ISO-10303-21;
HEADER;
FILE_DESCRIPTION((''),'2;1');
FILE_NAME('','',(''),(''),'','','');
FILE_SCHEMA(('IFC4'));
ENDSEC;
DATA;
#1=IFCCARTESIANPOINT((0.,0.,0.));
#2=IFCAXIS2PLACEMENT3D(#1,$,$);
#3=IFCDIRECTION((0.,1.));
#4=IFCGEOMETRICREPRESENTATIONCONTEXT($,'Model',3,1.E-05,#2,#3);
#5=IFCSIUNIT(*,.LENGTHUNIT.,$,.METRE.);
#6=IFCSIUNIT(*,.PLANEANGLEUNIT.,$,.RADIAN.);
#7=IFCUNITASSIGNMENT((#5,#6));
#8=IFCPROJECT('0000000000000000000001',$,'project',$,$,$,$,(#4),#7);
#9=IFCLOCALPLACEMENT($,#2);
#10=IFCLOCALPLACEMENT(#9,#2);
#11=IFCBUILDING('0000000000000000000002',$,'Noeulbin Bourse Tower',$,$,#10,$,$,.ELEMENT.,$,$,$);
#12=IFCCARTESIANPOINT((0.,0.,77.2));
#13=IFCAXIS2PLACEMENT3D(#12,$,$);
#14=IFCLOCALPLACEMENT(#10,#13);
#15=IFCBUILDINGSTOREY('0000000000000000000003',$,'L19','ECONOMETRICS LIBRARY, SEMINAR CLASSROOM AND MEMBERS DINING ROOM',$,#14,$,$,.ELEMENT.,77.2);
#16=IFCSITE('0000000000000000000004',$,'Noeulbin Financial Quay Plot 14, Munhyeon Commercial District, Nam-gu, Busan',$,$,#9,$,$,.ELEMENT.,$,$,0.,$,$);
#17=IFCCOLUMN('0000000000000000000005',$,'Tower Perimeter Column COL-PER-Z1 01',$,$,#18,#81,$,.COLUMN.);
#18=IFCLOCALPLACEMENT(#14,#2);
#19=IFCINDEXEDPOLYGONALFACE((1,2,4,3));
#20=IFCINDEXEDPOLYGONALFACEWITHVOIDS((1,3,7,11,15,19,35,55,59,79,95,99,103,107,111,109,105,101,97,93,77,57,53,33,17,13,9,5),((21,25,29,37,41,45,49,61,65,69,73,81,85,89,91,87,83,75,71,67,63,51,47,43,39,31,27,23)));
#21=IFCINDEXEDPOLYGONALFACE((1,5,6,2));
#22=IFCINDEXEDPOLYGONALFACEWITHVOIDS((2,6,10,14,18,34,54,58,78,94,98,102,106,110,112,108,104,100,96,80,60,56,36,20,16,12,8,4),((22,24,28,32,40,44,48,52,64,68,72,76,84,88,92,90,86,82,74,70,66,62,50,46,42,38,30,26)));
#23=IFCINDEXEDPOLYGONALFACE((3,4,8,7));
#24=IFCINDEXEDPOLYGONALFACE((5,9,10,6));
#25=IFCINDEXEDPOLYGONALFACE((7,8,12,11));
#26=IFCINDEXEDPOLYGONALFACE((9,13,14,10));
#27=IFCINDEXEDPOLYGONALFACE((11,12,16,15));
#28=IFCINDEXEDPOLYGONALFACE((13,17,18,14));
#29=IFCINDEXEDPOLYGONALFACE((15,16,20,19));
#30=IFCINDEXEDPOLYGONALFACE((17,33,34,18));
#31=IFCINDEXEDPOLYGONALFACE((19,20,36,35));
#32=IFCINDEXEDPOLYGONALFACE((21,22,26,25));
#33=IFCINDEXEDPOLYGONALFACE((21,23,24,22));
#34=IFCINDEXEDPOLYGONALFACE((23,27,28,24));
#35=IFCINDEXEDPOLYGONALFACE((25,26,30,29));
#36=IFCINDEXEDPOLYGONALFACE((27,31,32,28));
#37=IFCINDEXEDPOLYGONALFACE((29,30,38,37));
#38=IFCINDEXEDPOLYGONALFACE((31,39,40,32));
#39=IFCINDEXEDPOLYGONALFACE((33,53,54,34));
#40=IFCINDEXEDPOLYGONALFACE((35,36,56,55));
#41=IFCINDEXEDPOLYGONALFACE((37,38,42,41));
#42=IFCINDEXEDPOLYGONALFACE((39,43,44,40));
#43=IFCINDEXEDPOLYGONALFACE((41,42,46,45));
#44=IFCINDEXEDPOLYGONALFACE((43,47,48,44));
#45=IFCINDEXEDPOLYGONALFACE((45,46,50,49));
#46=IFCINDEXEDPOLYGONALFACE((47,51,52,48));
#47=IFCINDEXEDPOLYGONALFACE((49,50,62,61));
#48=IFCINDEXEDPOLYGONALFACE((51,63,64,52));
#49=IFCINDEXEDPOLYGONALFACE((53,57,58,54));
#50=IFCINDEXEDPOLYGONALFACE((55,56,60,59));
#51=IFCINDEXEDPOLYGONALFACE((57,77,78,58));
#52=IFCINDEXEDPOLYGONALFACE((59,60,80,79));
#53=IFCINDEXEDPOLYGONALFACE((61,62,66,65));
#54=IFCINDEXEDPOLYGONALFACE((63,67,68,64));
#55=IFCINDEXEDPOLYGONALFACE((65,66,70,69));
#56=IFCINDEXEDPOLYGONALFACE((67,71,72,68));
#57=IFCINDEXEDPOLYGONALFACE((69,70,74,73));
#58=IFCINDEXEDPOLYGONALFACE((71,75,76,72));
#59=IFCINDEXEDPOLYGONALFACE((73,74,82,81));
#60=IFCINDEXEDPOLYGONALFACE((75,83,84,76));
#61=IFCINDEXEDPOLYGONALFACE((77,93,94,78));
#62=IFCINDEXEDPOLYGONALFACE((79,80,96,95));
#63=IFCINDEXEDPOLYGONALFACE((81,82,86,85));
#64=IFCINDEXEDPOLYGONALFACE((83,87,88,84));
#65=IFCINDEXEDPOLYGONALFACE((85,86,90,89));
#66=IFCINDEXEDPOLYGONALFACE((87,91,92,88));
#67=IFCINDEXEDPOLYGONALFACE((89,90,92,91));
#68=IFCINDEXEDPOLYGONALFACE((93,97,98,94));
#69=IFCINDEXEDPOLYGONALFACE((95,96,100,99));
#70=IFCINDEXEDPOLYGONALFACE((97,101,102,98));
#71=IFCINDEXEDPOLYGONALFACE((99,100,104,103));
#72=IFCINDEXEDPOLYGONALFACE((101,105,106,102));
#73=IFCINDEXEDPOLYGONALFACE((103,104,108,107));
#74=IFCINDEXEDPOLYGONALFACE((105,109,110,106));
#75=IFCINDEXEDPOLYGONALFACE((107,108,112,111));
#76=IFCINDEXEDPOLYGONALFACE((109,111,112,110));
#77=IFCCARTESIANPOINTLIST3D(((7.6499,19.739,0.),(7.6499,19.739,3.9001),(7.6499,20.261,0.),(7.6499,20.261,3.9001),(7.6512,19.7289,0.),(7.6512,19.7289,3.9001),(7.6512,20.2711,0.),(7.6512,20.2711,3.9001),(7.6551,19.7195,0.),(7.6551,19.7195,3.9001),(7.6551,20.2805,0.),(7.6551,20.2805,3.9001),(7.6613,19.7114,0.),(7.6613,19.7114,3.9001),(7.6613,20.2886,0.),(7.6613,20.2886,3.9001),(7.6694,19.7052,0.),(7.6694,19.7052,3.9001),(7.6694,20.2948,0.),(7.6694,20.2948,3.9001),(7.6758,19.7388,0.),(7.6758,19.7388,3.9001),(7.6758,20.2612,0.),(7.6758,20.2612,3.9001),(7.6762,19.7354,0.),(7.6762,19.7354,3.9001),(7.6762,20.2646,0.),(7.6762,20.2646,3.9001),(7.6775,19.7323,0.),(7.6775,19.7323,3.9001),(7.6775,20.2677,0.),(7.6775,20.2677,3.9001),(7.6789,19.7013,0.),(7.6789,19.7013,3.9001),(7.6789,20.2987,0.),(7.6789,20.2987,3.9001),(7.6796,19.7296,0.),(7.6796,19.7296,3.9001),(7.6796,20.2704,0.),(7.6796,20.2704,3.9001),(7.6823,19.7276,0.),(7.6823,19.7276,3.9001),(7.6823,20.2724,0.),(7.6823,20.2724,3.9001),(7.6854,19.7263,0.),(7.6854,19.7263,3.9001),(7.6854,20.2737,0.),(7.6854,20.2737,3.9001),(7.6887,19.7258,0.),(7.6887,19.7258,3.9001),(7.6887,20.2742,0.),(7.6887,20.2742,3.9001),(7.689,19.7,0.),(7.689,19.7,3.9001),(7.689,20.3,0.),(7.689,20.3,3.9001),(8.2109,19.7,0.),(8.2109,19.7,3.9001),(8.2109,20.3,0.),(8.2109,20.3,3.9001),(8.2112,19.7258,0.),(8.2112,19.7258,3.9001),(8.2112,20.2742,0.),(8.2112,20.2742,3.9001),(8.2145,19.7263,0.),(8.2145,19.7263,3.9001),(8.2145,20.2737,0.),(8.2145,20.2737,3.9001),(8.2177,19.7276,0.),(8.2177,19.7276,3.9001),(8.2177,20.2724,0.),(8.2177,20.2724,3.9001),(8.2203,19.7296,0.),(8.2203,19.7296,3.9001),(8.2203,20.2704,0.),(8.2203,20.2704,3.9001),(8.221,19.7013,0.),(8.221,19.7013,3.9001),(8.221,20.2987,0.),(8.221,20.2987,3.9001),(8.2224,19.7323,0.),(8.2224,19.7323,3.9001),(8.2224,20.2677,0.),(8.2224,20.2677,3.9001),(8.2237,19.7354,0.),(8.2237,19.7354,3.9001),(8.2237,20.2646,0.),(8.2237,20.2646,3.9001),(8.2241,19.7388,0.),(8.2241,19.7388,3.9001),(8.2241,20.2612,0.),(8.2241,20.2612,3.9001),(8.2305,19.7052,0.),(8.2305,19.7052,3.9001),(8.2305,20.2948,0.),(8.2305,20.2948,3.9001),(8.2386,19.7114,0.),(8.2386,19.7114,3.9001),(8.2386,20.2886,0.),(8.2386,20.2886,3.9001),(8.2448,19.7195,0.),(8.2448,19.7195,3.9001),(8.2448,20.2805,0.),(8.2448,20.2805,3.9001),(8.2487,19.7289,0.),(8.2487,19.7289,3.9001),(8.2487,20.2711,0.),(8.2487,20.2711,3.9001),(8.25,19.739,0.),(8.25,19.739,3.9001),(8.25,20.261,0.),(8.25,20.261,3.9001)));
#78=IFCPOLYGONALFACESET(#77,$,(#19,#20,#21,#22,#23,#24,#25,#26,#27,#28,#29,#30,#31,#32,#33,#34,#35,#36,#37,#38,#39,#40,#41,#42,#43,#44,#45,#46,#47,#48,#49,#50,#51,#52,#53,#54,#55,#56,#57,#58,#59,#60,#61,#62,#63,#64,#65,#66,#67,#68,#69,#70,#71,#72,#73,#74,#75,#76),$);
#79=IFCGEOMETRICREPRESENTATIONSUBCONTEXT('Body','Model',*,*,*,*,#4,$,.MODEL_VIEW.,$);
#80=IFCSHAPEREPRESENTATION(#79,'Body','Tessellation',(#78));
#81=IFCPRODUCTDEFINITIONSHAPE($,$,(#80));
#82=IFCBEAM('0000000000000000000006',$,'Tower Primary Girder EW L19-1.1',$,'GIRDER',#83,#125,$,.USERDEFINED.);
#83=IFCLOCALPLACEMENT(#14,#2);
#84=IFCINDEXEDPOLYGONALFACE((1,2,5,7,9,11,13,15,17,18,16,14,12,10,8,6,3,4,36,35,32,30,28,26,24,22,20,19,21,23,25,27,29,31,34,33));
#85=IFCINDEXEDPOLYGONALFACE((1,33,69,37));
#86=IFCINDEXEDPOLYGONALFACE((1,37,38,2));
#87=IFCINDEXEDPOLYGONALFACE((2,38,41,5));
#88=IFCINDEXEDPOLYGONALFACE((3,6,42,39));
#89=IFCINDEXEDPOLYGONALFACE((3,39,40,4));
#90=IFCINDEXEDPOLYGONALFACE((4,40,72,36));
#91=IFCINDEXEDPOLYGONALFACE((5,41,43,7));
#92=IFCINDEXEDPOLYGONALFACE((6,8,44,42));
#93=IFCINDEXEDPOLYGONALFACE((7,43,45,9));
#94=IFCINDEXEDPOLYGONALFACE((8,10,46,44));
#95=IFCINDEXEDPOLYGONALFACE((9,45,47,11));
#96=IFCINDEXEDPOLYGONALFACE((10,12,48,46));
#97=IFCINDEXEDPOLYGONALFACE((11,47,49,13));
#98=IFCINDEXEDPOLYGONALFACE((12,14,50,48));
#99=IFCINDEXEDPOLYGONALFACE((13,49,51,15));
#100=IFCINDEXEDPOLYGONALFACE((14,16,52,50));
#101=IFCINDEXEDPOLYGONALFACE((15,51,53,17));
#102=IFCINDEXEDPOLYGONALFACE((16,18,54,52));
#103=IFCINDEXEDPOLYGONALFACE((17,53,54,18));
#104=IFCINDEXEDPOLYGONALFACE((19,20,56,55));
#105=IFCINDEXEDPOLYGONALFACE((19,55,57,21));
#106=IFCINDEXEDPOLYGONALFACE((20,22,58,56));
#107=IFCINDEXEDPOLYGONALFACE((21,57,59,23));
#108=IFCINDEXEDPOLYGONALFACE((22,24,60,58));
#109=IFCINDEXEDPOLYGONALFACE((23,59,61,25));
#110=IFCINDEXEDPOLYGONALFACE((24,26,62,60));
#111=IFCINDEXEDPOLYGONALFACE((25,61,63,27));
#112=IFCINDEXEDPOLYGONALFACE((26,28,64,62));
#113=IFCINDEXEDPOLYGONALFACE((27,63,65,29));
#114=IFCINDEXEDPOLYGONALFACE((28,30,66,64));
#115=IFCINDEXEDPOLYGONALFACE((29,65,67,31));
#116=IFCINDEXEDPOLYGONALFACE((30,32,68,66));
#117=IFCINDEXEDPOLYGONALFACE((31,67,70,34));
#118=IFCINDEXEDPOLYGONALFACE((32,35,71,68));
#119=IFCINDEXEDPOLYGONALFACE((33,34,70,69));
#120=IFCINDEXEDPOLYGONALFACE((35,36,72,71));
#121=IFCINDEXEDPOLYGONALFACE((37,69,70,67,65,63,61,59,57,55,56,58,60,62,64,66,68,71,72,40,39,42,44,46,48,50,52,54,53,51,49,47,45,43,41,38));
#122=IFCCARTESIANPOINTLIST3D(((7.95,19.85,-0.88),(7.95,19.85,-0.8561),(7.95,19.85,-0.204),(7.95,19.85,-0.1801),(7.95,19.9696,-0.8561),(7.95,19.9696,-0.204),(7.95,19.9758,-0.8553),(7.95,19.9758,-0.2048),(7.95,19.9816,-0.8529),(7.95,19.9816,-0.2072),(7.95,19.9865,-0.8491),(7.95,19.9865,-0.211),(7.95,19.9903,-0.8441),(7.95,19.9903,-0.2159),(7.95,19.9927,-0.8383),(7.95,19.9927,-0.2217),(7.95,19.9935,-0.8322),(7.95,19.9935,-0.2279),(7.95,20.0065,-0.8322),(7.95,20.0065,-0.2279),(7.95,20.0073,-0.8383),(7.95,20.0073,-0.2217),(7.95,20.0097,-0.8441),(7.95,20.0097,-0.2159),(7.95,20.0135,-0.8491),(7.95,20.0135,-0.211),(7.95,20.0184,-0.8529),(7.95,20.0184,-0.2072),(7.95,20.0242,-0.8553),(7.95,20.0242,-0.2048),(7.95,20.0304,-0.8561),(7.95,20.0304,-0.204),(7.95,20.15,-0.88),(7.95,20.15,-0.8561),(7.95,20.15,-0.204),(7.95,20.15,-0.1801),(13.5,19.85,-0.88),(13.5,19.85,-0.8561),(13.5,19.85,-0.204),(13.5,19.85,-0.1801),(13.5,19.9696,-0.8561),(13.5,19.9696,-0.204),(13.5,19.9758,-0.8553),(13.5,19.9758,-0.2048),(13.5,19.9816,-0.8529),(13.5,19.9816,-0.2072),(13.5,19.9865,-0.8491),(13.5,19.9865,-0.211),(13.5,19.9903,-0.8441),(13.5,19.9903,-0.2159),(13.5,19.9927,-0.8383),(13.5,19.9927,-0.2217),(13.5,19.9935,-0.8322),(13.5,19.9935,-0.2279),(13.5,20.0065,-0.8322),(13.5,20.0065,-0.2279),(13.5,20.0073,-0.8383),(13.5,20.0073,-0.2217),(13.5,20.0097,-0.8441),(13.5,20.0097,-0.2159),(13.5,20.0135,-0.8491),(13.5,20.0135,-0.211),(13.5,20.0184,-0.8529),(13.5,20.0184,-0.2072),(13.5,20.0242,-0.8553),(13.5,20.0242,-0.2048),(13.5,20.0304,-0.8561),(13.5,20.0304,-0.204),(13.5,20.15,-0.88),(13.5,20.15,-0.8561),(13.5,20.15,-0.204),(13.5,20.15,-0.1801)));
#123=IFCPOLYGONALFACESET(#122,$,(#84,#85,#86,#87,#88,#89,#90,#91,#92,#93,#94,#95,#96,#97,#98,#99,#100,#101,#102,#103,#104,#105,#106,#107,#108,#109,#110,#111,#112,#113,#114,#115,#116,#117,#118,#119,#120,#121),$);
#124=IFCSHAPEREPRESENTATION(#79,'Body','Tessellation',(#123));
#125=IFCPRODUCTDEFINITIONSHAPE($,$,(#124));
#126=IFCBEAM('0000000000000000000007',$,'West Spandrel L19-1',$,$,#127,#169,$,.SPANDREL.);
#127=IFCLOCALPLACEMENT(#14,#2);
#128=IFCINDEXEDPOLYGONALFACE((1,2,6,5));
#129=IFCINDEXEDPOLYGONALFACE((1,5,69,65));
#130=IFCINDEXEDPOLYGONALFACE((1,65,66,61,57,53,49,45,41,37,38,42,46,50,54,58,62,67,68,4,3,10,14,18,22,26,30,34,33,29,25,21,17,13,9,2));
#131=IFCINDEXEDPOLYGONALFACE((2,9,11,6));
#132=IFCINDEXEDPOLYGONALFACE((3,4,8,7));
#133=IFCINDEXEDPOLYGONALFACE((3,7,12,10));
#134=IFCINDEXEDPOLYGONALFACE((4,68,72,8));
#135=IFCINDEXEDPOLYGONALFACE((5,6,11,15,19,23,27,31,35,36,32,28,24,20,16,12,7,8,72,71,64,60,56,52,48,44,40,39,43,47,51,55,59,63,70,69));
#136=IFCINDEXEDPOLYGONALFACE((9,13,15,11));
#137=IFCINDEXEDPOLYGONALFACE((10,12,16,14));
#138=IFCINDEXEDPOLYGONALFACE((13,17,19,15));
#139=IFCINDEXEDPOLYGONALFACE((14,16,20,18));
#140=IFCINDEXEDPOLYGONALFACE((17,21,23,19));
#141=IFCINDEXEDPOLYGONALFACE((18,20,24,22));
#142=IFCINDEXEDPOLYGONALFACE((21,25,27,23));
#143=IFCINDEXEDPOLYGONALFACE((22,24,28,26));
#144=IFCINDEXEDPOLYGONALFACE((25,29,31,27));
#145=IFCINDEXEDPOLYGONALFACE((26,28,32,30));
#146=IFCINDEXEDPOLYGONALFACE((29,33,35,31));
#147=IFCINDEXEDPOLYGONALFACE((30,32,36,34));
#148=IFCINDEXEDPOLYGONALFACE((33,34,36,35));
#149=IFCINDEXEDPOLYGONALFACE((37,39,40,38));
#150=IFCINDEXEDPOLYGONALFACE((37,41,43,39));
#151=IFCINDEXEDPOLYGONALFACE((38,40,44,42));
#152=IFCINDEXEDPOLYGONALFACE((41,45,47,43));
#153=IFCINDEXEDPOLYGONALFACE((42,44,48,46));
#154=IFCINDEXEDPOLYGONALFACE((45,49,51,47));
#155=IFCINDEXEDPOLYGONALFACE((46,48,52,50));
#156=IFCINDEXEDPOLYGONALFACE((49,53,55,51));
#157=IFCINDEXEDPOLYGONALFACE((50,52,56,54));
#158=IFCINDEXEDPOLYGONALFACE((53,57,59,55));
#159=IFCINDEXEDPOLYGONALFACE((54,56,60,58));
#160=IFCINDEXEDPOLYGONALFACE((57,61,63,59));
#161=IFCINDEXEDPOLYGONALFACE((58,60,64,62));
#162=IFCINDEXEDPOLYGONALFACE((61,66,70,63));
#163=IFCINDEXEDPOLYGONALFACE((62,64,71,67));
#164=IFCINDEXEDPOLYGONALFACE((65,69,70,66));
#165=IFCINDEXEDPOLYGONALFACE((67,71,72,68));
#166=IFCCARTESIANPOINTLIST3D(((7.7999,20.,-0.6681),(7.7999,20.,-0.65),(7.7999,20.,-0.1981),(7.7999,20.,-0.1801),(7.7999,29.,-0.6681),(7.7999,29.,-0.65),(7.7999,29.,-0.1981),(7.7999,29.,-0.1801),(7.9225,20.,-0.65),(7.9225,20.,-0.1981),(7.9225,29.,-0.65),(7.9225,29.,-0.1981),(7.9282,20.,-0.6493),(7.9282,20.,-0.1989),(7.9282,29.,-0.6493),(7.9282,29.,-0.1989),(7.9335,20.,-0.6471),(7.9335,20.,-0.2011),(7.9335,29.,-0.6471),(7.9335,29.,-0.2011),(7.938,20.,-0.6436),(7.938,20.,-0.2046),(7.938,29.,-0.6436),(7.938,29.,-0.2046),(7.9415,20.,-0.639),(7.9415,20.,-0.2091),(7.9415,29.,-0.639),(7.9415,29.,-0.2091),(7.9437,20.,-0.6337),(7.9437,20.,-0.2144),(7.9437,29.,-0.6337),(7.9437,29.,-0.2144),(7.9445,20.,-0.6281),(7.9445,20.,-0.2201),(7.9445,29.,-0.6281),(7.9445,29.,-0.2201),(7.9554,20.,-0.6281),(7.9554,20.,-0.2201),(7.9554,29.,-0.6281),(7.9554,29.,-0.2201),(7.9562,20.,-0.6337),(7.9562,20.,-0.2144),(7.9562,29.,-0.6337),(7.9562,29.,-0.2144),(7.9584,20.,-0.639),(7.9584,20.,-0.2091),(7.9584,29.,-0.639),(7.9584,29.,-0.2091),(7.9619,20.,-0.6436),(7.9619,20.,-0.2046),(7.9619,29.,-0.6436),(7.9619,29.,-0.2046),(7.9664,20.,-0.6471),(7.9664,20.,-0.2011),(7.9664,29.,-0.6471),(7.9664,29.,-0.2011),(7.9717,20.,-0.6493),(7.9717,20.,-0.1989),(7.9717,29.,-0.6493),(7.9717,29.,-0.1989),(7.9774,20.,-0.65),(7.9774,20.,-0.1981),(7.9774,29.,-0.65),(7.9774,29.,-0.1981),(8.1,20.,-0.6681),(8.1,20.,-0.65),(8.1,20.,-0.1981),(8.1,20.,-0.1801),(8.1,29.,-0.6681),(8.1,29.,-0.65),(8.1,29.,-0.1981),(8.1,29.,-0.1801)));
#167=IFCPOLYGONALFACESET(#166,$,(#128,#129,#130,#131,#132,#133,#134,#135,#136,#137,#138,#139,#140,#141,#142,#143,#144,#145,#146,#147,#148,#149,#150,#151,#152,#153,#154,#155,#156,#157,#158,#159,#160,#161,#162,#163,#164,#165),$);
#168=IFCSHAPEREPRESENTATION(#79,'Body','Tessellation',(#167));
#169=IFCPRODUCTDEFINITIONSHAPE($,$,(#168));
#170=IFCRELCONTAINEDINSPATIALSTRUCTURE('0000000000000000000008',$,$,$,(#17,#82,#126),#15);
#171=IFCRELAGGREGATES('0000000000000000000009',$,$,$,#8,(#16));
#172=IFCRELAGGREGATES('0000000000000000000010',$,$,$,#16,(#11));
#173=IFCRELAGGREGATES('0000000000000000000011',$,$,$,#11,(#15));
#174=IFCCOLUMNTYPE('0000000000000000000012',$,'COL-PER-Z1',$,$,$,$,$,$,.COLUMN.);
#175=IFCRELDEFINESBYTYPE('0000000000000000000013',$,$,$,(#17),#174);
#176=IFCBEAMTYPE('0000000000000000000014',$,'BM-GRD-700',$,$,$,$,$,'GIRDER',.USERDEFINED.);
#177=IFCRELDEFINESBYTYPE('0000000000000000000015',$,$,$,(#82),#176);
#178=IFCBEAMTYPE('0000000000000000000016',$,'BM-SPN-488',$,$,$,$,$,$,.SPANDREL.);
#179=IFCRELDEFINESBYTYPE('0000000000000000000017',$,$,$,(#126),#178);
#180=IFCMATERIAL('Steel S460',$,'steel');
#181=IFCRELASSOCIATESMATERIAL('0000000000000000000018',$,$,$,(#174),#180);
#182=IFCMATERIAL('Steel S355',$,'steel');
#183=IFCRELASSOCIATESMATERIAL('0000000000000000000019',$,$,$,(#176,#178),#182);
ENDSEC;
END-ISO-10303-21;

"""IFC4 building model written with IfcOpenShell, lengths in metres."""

from ifc_helpers import new_model, si_unit, direction, frame, origin, origin_2d, place, context, subcontext, project, spatial, hollow_rectangle, i_section, extrude, material, material_profile, profile_set, type_object, element, save


model = new_model("IFC4")

# Units and contexts
model_context = context("Model", 3, precision=1e-05, world=origin(), true_north=direction((0.0, 1.0)))
body_context = subcontext(model_context, "Body", "Model", "MODEL_VIEW")
ifc_project = project(units=[si_unit("LENGTHUNIT", "METRE"), si_unit("PLANEANGLEUNIT", "RADIAN")], contexts=[model_context])

# Site, building, storey
site_placement = place(None, origin())
site = spatial("IfcSite", under=ifc_project, at=site_placement, Name="Noeulbin Financial Quay Plot 14, Munhyeon Commercial District, Nam-gu, Busan", CompositionType="ELEMENT", RefElevation=0.0)
building_placement = place(site_placement, origin())
building = spatial("IfcBuilding", under=site, at=building_placement, Name="Noeulbin Bourse Tower", CompositionType="ELEMENT")
storey_placement = place(building_placement, frame((0.0, 0.0, 77.2)))
storey = spatial("IfcBuildingStorey", under=building, at=storey_placement, Name="L19", Description="ECONOMETRICS LIBRARY, SEMINAR CLASSROOM AND MEMBERS DINING ROOM", CompositionType="ELEMENT", Elevation=77.2)

# Column
ifc_material_1 = material(Name="Steel S460", Category="steel")
ifc_material_profile_1 = material_profile(ifc_material_1, hollow_rectangle(XDim=0.6001, YDim=0.6001, WallThickness=0.0259, InnerFilletRadius=0.0129, OuterFilletRadius=0.0391, at=origin_2d()), Name="BOX-600x600x26", Category="LoadBearing")
ifc_profile_set_1 = profile_set([ifc_material_profile_1], Name="Steel S460")
column_type = type_object("IfcColumnType", Name="COL-PER-Z1", PredefinedType="COLUMN", material=ifc_profile_set_1)
column_placement = place(storey_placement, frame((7.95, 20.0, 0.0), z_axis=(0.0, 0.0, 1.0), x_axis=(1.0, 0.0, 0.0)))
element("IfcColumn", 1, at=column_placement, inside=storey, type_object=column_type, Name="Tower Perimeter Column COL-PER-Z1 01", PredefinedType="COLUMN", context=body_context, shape_type="SweptSolid", body=[
    extrude(hollow_rectangle(XDim=0.6001, YDim=0.6001, WallThickness=0.0259, InnerFilletRadius=0.0129, OuterFilletRadius=0.0391, at=origin_2d()), origin(), (0.0, 0.0, 1.0), 3.9001),
])

# Beams
ifc_material_2 = material(Name="Steel S355", Category="steel")
ifc_material_profile_2 = material_profile(ifc_material_2, i_section(OverallWidth=0.3, OverallDepth=0.7, WebThickness=0.0129, FlangeThickness=0.0239, FilletRadius=0.0239, at=origin_2d()), Name="H-700x300x13x24", Category="LoadBearing")
ifc_profile_set_2 = profile_set([ifc_material_profile_2], Name="Steel S355")
beam_type_1 = type_object("IfcBeamType", Name="BM-GRD-700", ElementType="GIRDER", PredefinedType="USERDEFINED", material=ifc_profile_set_2)
beam_1_placement = place(storey_placement, frame((7.95, 20.0, -0.53), z_axis=(1.0, 0.0, 0.0), x_axis=(0.0, 1.0, 0.0)))
element("IfcBeam", 2, at=beam_1_placement, inside=storey, type_object=beam_type_1, Name="Tower Primary Girder EW L19-1.1", ObjectType="GIRDER", PredefinedType="USERDEFINED", context=body_context, shape_type="SweptSolid", body=[
    extrude(i_section(OverallWidth=0.3, OverallDepth=0.7, WebThickness=0.0129, FlangeThickness=0.0239, FilletRadius=0.0239, at=origin_2d()), origin(), (0.0, 0.0, 1.0), 5.55),
])
ifc_material_profile_3 = material_profile(ifc_material_2, i_section(OverallWidth=0.3, OverallDepth=0.488, WebThickness=0.011, FlangeThickness=0.0181, FilletRadius=0.022, at=origin_2d()), Name="H-488x300x11x18", Category="LoadBearing")
ifc_profile_set_3 = profile_set([ifc_material_profile_3], Name="Steel S355")
beam_type_2 = type_object("IfcBeamType", Name="BM-SPN-488", PredefinedType="SPANDREL", material=ifc_profile_set_3)
beam_2_placement = place(storey_placement, frame((7.95, 20.0, -0.4241), z_axis=(0.0, 1.0, 0.0), x_axis=(-1.0, 0.0, 0.0)))
element("IfcBeam", 3, at=beam_2_placement, inside=storey, type_object=beam_type_2, Name="West Spandrel L19-1", PredefinedType="SPANDREL", context=body_context, shape_type="SweptSolid", body=[
    extrude(i_section(OverallWidth=0.3, OverallDepth=0.488, WebThickness=0.011, FlangeThickness=0.0181, FilletRadius=0.022, at=origin_2d()), origin(), (0.0, 0.0, 1.0), 9.0),
])

save(model, "model.ifc")
